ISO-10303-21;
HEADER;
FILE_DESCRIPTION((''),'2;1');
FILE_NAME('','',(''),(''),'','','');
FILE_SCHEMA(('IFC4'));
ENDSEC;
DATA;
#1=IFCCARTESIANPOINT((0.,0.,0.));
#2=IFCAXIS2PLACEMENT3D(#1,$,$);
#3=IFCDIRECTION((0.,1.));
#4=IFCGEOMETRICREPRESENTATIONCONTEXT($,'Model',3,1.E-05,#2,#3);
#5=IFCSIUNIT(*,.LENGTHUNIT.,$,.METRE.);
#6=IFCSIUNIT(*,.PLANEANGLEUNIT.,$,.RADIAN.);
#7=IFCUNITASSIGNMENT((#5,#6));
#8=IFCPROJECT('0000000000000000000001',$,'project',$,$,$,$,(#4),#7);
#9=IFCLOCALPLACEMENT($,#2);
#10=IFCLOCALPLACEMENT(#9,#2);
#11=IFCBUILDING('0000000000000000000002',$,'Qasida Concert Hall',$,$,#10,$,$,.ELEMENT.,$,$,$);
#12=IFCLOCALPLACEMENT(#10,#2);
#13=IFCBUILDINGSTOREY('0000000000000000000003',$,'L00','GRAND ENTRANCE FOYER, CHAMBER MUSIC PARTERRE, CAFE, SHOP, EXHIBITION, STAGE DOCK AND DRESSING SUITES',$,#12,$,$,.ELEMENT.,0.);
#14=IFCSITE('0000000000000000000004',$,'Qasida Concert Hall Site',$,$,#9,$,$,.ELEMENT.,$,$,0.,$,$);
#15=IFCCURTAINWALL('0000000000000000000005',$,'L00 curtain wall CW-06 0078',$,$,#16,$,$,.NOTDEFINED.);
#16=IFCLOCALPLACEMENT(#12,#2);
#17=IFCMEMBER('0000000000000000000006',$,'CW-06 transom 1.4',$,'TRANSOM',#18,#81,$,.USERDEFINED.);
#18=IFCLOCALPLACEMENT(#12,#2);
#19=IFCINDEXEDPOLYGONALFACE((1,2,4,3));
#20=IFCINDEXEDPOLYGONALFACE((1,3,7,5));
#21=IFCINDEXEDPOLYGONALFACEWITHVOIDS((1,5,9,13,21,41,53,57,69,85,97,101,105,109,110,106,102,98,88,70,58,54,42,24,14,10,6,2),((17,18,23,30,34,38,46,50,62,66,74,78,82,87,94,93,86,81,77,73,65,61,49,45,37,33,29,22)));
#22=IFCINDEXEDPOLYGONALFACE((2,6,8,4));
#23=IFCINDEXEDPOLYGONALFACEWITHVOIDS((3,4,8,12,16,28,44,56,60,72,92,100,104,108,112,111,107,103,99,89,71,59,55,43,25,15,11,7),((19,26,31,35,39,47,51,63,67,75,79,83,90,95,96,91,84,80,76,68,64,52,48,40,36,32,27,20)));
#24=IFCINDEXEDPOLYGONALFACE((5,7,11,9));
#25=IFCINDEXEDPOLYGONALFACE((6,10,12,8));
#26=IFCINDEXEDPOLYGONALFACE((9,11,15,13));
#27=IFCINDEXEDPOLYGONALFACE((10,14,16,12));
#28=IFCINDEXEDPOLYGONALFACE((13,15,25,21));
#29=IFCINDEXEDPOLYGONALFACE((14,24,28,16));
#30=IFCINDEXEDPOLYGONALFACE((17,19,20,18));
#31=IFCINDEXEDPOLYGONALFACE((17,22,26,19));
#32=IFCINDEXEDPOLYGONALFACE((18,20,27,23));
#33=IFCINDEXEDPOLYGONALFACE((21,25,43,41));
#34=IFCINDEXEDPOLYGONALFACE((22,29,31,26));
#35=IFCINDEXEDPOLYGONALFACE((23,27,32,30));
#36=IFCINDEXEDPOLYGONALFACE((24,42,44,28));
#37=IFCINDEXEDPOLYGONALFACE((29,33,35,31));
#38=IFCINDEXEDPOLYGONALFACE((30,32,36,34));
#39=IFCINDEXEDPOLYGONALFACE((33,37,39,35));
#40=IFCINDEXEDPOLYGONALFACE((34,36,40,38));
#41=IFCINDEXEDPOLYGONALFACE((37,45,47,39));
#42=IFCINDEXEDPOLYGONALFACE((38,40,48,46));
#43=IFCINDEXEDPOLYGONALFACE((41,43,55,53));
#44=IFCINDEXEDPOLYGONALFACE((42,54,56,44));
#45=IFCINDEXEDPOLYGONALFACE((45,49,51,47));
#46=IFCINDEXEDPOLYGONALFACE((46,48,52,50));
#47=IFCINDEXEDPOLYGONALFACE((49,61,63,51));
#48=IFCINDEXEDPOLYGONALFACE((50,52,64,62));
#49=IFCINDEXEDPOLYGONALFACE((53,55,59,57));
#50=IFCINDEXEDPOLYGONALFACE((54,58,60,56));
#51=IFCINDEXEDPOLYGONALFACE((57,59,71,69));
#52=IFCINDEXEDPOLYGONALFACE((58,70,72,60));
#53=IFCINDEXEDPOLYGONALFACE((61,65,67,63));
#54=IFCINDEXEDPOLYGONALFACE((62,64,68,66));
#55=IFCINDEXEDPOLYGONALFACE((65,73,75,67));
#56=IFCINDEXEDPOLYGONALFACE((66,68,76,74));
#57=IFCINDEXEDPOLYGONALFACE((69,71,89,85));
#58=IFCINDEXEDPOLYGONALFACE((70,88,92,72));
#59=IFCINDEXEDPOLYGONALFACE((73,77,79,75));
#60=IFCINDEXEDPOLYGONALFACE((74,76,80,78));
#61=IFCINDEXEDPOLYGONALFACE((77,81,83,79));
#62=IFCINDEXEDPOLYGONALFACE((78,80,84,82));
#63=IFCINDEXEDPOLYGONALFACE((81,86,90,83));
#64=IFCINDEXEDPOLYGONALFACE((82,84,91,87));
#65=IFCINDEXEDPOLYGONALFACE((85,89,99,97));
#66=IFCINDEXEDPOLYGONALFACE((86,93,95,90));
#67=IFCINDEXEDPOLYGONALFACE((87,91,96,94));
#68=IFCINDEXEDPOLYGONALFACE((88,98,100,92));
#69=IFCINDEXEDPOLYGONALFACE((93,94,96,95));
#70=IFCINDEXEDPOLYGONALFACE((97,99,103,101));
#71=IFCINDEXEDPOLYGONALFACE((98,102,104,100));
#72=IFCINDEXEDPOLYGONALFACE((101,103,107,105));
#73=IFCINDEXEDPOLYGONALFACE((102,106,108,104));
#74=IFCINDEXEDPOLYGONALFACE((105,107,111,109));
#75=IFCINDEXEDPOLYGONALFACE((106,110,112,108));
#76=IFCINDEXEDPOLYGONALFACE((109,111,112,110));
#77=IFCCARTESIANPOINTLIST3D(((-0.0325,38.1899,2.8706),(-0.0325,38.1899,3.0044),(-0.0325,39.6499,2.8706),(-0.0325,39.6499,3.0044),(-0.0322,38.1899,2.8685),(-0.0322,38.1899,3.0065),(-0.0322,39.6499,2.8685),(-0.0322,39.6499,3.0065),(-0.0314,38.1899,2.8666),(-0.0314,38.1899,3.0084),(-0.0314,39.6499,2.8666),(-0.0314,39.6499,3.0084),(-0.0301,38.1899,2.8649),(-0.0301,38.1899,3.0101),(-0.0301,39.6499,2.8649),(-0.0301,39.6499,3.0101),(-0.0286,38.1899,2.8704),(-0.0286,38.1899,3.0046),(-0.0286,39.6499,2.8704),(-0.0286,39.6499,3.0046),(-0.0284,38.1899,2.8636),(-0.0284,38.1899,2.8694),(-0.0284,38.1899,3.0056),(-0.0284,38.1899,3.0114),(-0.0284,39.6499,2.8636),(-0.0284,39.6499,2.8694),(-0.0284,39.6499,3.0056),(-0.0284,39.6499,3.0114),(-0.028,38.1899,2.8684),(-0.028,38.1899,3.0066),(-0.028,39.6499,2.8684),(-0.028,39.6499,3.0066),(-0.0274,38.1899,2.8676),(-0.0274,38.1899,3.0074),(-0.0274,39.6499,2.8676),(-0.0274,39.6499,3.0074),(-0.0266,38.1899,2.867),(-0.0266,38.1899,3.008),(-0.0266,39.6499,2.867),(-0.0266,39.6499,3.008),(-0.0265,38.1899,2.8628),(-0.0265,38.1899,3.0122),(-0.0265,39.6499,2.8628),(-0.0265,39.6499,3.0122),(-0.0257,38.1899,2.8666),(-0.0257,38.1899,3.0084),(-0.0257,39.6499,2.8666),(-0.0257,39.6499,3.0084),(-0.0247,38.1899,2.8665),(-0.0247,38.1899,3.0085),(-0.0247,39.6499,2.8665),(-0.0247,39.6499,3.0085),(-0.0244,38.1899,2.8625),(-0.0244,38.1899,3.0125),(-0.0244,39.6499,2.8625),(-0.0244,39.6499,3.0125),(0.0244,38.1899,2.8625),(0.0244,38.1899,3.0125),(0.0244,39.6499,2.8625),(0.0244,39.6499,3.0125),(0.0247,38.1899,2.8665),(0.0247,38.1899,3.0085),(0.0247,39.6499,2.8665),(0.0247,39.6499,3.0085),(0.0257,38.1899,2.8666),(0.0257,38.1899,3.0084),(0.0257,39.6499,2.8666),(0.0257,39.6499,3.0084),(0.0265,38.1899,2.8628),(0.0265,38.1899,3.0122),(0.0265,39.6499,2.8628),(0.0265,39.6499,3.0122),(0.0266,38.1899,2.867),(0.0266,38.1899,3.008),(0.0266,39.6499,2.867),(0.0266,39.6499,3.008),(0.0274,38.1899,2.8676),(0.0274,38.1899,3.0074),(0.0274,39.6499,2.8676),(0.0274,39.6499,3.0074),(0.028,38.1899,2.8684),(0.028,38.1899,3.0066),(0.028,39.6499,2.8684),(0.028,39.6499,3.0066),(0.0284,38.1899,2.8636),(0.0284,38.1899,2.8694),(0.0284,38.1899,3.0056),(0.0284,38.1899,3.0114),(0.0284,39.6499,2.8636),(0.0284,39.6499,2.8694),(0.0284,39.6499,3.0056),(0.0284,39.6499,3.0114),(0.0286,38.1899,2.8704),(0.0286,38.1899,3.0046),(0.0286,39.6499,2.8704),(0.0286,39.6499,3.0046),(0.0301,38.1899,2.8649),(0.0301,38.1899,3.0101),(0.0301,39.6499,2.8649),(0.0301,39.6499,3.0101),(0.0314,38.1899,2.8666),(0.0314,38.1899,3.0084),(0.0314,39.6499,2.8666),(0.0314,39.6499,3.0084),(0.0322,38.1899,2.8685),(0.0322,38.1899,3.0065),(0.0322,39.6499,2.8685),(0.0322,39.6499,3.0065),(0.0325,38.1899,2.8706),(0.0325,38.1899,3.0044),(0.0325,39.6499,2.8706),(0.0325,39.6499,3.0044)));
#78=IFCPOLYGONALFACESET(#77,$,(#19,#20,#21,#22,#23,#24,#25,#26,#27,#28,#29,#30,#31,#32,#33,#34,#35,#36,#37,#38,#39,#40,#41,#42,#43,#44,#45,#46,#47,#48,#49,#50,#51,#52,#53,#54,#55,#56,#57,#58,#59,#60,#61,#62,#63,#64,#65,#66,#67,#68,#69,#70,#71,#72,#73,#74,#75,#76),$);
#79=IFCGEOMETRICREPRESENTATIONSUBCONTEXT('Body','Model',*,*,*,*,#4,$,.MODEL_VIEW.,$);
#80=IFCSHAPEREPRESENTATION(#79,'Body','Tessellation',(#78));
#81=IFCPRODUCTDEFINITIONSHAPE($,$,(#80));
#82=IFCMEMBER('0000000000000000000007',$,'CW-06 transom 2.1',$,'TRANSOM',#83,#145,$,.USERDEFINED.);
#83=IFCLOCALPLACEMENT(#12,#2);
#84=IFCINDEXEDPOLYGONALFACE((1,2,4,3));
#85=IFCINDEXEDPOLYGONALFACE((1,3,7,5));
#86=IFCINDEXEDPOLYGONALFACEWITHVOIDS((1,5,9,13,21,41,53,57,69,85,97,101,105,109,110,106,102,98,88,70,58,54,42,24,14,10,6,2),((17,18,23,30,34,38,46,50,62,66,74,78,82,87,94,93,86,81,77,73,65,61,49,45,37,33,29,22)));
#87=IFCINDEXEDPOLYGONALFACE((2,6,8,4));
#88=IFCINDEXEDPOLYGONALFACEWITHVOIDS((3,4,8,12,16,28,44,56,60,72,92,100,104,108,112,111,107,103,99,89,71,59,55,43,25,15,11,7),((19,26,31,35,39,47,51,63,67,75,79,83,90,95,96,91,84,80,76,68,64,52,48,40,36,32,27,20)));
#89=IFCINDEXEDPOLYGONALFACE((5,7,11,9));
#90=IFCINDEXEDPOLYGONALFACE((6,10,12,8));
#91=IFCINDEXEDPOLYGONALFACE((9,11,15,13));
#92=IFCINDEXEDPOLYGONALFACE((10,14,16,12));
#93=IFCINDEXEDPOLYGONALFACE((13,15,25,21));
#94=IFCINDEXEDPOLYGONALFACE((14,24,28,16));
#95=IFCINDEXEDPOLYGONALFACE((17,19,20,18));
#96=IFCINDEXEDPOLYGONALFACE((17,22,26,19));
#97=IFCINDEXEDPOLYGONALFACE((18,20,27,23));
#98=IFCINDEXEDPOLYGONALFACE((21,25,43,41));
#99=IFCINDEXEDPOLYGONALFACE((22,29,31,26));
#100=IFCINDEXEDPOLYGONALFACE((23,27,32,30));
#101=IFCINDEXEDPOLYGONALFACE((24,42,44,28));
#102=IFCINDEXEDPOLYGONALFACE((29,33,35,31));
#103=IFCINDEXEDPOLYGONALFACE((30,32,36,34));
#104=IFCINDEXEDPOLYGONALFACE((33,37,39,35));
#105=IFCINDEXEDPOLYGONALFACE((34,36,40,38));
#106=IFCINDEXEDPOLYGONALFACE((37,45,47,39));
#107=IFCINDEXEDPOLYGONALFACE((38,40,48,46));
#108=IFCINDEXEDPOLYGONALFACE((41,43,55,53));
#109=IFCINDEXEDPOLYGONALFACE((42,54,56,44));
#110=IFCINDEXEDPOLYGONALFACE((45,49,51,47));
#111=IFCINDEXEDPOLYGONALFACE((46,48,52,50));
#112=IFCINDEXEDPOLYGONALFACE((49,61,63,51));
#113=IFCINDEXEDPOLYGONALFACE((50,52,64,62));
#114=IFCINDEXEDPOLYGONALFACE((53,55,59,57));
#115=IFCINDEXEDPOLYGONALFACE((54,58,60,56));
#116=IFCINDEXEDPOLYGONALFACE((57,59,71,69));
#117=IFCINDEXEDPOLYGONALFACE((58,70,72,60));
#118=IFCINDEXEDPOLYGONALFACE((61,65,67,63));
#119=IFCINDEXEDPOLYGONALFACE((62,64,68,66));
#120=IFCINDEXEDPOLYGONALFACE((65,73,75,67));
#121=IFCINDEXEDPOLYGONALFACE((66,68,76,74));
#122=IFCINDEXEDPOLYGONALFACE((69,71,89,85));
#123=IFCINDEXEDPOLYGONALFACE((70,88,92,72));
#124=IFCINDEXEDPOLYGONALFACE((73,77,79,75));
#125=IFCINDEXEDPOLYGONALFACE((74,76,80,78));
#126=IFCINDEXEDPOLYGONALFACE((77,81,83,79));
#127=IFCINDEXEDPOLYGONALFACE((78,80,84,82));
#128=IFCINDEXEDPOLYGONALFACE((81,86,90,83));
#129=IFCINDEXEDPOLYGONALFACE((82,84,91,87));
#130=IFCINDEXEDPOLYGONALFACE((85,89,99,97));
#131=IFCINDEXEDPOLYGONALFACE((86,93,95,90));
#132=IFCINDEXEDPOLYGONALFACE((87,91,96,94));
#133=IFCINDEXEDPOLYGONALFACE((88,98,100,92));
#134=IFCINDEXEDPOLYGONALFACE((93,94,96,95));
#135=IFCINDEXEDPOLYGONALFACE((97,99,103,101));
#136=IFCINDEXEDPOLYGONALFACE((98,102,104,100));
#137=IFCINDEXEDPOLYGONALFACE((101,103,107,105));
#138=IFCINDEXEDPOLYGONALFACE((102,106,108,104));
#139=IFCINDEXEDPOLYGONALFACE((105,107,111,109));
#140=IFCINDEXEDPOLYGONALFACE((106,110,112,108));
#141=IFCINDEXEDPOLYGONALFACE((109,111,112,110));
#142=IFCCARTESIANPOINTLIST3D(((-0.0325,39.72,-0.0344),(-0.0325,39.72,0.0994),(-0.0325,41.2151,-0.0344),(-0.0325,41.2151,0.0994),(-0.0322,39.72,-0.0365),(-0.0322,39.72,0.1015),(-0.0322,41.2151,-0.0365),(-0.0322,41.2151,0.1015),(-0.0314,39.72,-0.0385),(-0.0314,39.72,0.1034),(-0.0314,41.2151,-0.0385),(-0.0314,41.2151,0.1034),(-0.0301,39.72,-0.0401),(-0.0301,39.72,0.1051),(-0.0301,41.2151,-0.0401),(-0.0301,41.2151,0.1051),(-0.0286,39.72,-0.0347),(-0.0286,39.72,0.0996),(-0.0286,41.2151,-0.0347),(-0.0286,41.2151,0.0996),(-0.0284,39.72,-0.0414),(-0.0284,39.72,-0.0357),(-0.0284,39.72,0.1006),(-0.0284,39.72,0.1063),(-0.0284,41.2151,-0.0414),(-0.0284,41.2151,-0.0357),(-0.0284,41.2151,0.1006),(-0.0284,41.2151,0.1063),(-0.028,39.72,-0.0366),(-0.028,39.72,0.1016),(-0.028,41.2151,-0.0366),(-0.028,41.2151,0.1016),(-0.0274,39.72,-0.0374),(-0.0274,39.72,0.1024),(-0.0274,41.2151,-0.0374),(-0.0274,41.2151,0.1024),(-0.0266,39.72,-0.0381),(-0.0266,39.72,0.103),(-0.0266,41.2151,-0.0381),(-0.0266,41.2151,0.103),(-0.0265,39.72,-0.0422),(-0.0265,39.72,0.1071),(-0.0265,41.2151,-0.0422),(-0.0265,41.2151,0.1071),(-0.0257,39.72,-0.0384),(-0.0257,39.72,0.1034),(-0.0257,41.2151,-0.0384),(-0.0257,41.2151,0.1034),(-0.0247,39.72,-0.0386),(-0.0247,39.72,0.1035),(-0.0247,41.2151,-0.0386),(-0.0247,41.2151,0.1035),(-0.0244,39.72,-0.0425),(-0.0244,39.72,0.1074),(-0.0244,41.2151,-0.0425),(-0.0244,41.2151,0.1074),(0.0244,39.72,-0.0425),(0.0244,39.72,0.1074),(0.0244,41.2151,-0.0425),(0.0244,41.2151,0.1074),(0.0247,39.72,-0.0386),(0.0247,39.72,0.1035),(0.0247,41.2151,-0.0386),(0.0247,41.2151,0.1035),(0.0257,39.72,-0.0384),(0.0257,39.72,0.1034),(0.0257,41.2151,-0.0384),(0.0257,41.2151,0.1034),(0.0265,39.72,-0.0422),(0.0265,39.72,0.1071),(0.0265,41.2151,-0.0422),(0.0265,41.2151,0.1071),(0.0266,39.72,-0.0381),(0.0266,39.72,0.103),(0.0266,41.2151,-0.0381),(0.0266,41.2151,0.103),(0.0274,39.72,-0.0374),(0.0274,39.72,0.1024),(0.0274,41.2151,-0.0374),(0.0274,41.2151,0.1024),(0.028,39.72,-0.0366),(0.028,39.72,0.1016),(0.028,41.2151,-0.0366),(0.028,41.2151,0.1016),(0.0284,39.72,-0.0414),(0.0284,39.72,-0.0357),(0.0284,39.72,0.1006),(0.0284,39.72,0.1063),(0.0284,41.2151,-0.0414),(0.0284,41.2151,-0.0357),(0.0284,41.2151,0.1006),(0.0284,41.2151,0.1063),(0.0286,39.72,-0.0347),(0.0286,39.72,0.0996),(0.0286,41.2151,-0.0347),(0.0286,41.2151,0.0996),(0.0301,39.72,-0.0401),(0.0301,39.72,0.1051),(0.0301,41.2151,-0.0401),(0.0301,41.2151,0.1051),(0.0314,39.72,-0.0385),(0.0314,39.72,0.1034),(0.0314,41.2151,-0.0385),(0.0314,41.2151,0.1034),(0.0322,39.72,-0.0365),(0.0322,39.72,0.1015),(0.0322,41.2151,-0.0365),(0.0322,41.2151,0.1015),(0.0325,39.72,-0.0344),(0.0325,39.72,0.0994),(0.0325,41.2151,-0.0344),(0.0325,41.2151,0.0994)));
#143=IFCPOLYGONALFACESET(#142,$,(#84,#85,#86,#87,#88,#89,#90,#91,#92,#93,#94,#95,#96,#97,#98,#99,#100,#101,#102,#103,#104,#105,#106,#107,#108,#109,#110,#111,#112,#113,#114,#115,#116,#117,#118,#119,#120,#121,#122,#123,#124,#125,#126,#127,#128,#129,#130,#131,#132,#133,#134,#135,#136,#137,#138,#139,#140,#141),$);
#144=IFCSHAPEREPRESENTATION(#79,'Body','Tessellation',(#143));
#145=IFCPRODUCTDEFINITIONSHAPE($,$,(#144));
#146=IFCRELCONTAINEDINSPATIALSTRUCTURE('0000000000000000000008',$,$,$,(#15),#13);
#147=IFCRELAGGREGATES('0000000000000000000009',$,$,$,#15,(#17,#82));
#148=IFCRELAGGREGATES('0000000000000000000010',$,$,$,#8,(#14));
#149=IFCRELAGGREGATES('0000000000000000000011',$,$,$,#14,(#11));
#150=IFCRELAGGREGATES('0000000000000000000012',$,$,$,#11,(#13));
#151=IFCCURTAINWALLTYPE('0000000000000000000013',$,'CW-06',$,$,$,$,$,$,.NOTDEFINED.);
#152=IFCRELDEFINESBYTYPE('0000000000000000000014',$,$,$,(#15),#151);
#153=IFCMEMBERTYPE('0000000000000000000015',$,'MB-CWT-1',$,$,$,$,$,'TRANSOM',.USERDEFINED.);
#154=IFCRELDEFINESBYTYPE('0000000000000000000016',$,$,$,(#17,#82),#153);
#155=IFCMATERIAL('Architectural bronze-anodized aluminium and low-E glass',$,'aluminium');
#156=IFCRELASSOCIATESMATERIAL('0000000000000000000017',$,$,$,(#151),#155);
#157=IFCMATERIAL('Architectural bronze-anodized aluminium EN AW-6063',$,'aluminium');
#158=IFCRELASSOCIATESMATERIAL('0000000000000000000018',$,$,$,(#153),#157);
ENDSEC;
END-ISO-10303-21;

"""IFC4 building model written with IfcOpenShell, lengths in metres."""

from ifc_helpers import new_model, si_unit, direction, frame, origin, origin_2d, place, context, subcontext, project, spatial, hollow_rectangle, extrude, material, material_profile, profile_set, type_object, element, aggregate, save


model = new_model("IFC4")

# Units and contexts
model_context = context("Model", 3, precision=1e-05, world=origin(), true_north=direction((0.0, 1.0)))
body_context = subcontext(model_context, "Body", "Model", "MODEL_VIEW")
ifc_project = project(units=[si_unit("LENGTHUNIT", "METRE"), si_unit("PLANEANGLEUNIT", "RADIAN")], contexts=[model_context])

# Site, building, storey
site_placement = place(None, origin())
site = spatial("IfcSite", under=ifc_project, at=site_placement, Name="Qasida Concert Hall Site", CompositionType="ELEMENT", RefElevation=0.0)
building_placement = place(site_placement, origin())
building = spatial("IfcBuilding", under=site, at=building_placement, Name="Qasida Concert Hall", CompositionType="ELEMENT")
storey_placement = place(building_placement, origin())
storey = spatial("IfcBuildingStorey", under=building, at=storey_placement, Name="L00", Description="GRAND ENTRANCE FOYER, CHAMBER MUSIC PARTERRE, CAFE, SHOP, EXHIBITION, STAGE DOCK AND DRESSING SUITES", CompositionType="ELEMENT", Elevation=0.0)

# Curtain wall, members
ifc_material_1 = material(Name="Architectural bronze-anodized aluminium and low-E glass", Category="aluminium")
curtain_wall_type = type_object("IfcCurtainWallType", Name="CW-06", PredefinedType="NOTDEFINED", material=ifc_material_1)
curtain_wall_placement = place(storey_placement, origin())
curtain_wall = element("IfcCurtainWall", 1, at=curtain_wall_placement, inside=storey, type_object=curtain_wall_type, Name="L00 curtain wall CW-06 0078", PredefinedType="NOTDEFINED")
ifc_material_2 = material(Name="Architectural bronze-anodized aluminium EN AW-6063", Category="aluminium")
ifc_material_profile_1 = material_profile(ifc_material_2, hollow_rectangle(XDim=0.0649, YDim=0.1499, WallThickness=0.0039, InnerFilletRadius=0.0039, OuterFilletRadius=0.0081, at=origin_2d()), Name="CWT 150x65x4")
ifc_profile_set_1 = profile_set([ifc_material_profile_1], Name="Architectural bronze-anodized aluminium EN AW-6063")
member_type_1 = type_object("IfcMemberType", Name="MB-CWT-1", ElementType="TRANSOM", PredefinedType="USERDEFINED", material=ifc_profile_set_1)
member_1_placement = place(storey_placement, frame((0.0, 38.1899, 2.9375), z_axis=(0.0, 1.0, 0.0), x_axis=(-1.0, 0.0, 0.0)))
member_1 = element("IfcMember", 2, at=member_1_placement, type_object=member_type_1, Name="CW-06 transom 1.4", ObjectType="TRANSOM", PredefinedType="USERDEFINED", context=body_context, shape_type="SweptSolid", body=[
    extrude(hollow_rectangle(XDim=0.0649, YDim=0.1499, WallThickness=0.0039, InnerFilletRadius=0.0039, OuterFilletRadius=0.0081, at=origin_2d()), origin(), (0.0, 0.0, 1.0), 1.46),
])
member_2_placement = place(storey_placement, frame((0.0, 39.72, 0.0325), z_axis=(0.0, 1.0, 0.0), x_axis=(-1.0, 0.0, 0.0)))
member_2 = element("IfcMember", 3, at=member_2_placement, type_object=member_type_1, Name="CW-06 transom 2.1", ObjectType="TRANSOM", PredefinedType="USERDEFINED", context=body_context, shape_type="SweptSolid", body=[
    extrude(hollow_rectangle(XDim=0.0649, YDim=0.1499, WallThickness=0.0039, InnerFilletRadius=0.0039, OuterFilletRadius=0.0081, at=origin_2d()), origin(), (0.0, 0.0, 1.0), 1.4951),
])
aggregate(curtain_wall, [member_1, member_2])

save(model, "model.ifc")
